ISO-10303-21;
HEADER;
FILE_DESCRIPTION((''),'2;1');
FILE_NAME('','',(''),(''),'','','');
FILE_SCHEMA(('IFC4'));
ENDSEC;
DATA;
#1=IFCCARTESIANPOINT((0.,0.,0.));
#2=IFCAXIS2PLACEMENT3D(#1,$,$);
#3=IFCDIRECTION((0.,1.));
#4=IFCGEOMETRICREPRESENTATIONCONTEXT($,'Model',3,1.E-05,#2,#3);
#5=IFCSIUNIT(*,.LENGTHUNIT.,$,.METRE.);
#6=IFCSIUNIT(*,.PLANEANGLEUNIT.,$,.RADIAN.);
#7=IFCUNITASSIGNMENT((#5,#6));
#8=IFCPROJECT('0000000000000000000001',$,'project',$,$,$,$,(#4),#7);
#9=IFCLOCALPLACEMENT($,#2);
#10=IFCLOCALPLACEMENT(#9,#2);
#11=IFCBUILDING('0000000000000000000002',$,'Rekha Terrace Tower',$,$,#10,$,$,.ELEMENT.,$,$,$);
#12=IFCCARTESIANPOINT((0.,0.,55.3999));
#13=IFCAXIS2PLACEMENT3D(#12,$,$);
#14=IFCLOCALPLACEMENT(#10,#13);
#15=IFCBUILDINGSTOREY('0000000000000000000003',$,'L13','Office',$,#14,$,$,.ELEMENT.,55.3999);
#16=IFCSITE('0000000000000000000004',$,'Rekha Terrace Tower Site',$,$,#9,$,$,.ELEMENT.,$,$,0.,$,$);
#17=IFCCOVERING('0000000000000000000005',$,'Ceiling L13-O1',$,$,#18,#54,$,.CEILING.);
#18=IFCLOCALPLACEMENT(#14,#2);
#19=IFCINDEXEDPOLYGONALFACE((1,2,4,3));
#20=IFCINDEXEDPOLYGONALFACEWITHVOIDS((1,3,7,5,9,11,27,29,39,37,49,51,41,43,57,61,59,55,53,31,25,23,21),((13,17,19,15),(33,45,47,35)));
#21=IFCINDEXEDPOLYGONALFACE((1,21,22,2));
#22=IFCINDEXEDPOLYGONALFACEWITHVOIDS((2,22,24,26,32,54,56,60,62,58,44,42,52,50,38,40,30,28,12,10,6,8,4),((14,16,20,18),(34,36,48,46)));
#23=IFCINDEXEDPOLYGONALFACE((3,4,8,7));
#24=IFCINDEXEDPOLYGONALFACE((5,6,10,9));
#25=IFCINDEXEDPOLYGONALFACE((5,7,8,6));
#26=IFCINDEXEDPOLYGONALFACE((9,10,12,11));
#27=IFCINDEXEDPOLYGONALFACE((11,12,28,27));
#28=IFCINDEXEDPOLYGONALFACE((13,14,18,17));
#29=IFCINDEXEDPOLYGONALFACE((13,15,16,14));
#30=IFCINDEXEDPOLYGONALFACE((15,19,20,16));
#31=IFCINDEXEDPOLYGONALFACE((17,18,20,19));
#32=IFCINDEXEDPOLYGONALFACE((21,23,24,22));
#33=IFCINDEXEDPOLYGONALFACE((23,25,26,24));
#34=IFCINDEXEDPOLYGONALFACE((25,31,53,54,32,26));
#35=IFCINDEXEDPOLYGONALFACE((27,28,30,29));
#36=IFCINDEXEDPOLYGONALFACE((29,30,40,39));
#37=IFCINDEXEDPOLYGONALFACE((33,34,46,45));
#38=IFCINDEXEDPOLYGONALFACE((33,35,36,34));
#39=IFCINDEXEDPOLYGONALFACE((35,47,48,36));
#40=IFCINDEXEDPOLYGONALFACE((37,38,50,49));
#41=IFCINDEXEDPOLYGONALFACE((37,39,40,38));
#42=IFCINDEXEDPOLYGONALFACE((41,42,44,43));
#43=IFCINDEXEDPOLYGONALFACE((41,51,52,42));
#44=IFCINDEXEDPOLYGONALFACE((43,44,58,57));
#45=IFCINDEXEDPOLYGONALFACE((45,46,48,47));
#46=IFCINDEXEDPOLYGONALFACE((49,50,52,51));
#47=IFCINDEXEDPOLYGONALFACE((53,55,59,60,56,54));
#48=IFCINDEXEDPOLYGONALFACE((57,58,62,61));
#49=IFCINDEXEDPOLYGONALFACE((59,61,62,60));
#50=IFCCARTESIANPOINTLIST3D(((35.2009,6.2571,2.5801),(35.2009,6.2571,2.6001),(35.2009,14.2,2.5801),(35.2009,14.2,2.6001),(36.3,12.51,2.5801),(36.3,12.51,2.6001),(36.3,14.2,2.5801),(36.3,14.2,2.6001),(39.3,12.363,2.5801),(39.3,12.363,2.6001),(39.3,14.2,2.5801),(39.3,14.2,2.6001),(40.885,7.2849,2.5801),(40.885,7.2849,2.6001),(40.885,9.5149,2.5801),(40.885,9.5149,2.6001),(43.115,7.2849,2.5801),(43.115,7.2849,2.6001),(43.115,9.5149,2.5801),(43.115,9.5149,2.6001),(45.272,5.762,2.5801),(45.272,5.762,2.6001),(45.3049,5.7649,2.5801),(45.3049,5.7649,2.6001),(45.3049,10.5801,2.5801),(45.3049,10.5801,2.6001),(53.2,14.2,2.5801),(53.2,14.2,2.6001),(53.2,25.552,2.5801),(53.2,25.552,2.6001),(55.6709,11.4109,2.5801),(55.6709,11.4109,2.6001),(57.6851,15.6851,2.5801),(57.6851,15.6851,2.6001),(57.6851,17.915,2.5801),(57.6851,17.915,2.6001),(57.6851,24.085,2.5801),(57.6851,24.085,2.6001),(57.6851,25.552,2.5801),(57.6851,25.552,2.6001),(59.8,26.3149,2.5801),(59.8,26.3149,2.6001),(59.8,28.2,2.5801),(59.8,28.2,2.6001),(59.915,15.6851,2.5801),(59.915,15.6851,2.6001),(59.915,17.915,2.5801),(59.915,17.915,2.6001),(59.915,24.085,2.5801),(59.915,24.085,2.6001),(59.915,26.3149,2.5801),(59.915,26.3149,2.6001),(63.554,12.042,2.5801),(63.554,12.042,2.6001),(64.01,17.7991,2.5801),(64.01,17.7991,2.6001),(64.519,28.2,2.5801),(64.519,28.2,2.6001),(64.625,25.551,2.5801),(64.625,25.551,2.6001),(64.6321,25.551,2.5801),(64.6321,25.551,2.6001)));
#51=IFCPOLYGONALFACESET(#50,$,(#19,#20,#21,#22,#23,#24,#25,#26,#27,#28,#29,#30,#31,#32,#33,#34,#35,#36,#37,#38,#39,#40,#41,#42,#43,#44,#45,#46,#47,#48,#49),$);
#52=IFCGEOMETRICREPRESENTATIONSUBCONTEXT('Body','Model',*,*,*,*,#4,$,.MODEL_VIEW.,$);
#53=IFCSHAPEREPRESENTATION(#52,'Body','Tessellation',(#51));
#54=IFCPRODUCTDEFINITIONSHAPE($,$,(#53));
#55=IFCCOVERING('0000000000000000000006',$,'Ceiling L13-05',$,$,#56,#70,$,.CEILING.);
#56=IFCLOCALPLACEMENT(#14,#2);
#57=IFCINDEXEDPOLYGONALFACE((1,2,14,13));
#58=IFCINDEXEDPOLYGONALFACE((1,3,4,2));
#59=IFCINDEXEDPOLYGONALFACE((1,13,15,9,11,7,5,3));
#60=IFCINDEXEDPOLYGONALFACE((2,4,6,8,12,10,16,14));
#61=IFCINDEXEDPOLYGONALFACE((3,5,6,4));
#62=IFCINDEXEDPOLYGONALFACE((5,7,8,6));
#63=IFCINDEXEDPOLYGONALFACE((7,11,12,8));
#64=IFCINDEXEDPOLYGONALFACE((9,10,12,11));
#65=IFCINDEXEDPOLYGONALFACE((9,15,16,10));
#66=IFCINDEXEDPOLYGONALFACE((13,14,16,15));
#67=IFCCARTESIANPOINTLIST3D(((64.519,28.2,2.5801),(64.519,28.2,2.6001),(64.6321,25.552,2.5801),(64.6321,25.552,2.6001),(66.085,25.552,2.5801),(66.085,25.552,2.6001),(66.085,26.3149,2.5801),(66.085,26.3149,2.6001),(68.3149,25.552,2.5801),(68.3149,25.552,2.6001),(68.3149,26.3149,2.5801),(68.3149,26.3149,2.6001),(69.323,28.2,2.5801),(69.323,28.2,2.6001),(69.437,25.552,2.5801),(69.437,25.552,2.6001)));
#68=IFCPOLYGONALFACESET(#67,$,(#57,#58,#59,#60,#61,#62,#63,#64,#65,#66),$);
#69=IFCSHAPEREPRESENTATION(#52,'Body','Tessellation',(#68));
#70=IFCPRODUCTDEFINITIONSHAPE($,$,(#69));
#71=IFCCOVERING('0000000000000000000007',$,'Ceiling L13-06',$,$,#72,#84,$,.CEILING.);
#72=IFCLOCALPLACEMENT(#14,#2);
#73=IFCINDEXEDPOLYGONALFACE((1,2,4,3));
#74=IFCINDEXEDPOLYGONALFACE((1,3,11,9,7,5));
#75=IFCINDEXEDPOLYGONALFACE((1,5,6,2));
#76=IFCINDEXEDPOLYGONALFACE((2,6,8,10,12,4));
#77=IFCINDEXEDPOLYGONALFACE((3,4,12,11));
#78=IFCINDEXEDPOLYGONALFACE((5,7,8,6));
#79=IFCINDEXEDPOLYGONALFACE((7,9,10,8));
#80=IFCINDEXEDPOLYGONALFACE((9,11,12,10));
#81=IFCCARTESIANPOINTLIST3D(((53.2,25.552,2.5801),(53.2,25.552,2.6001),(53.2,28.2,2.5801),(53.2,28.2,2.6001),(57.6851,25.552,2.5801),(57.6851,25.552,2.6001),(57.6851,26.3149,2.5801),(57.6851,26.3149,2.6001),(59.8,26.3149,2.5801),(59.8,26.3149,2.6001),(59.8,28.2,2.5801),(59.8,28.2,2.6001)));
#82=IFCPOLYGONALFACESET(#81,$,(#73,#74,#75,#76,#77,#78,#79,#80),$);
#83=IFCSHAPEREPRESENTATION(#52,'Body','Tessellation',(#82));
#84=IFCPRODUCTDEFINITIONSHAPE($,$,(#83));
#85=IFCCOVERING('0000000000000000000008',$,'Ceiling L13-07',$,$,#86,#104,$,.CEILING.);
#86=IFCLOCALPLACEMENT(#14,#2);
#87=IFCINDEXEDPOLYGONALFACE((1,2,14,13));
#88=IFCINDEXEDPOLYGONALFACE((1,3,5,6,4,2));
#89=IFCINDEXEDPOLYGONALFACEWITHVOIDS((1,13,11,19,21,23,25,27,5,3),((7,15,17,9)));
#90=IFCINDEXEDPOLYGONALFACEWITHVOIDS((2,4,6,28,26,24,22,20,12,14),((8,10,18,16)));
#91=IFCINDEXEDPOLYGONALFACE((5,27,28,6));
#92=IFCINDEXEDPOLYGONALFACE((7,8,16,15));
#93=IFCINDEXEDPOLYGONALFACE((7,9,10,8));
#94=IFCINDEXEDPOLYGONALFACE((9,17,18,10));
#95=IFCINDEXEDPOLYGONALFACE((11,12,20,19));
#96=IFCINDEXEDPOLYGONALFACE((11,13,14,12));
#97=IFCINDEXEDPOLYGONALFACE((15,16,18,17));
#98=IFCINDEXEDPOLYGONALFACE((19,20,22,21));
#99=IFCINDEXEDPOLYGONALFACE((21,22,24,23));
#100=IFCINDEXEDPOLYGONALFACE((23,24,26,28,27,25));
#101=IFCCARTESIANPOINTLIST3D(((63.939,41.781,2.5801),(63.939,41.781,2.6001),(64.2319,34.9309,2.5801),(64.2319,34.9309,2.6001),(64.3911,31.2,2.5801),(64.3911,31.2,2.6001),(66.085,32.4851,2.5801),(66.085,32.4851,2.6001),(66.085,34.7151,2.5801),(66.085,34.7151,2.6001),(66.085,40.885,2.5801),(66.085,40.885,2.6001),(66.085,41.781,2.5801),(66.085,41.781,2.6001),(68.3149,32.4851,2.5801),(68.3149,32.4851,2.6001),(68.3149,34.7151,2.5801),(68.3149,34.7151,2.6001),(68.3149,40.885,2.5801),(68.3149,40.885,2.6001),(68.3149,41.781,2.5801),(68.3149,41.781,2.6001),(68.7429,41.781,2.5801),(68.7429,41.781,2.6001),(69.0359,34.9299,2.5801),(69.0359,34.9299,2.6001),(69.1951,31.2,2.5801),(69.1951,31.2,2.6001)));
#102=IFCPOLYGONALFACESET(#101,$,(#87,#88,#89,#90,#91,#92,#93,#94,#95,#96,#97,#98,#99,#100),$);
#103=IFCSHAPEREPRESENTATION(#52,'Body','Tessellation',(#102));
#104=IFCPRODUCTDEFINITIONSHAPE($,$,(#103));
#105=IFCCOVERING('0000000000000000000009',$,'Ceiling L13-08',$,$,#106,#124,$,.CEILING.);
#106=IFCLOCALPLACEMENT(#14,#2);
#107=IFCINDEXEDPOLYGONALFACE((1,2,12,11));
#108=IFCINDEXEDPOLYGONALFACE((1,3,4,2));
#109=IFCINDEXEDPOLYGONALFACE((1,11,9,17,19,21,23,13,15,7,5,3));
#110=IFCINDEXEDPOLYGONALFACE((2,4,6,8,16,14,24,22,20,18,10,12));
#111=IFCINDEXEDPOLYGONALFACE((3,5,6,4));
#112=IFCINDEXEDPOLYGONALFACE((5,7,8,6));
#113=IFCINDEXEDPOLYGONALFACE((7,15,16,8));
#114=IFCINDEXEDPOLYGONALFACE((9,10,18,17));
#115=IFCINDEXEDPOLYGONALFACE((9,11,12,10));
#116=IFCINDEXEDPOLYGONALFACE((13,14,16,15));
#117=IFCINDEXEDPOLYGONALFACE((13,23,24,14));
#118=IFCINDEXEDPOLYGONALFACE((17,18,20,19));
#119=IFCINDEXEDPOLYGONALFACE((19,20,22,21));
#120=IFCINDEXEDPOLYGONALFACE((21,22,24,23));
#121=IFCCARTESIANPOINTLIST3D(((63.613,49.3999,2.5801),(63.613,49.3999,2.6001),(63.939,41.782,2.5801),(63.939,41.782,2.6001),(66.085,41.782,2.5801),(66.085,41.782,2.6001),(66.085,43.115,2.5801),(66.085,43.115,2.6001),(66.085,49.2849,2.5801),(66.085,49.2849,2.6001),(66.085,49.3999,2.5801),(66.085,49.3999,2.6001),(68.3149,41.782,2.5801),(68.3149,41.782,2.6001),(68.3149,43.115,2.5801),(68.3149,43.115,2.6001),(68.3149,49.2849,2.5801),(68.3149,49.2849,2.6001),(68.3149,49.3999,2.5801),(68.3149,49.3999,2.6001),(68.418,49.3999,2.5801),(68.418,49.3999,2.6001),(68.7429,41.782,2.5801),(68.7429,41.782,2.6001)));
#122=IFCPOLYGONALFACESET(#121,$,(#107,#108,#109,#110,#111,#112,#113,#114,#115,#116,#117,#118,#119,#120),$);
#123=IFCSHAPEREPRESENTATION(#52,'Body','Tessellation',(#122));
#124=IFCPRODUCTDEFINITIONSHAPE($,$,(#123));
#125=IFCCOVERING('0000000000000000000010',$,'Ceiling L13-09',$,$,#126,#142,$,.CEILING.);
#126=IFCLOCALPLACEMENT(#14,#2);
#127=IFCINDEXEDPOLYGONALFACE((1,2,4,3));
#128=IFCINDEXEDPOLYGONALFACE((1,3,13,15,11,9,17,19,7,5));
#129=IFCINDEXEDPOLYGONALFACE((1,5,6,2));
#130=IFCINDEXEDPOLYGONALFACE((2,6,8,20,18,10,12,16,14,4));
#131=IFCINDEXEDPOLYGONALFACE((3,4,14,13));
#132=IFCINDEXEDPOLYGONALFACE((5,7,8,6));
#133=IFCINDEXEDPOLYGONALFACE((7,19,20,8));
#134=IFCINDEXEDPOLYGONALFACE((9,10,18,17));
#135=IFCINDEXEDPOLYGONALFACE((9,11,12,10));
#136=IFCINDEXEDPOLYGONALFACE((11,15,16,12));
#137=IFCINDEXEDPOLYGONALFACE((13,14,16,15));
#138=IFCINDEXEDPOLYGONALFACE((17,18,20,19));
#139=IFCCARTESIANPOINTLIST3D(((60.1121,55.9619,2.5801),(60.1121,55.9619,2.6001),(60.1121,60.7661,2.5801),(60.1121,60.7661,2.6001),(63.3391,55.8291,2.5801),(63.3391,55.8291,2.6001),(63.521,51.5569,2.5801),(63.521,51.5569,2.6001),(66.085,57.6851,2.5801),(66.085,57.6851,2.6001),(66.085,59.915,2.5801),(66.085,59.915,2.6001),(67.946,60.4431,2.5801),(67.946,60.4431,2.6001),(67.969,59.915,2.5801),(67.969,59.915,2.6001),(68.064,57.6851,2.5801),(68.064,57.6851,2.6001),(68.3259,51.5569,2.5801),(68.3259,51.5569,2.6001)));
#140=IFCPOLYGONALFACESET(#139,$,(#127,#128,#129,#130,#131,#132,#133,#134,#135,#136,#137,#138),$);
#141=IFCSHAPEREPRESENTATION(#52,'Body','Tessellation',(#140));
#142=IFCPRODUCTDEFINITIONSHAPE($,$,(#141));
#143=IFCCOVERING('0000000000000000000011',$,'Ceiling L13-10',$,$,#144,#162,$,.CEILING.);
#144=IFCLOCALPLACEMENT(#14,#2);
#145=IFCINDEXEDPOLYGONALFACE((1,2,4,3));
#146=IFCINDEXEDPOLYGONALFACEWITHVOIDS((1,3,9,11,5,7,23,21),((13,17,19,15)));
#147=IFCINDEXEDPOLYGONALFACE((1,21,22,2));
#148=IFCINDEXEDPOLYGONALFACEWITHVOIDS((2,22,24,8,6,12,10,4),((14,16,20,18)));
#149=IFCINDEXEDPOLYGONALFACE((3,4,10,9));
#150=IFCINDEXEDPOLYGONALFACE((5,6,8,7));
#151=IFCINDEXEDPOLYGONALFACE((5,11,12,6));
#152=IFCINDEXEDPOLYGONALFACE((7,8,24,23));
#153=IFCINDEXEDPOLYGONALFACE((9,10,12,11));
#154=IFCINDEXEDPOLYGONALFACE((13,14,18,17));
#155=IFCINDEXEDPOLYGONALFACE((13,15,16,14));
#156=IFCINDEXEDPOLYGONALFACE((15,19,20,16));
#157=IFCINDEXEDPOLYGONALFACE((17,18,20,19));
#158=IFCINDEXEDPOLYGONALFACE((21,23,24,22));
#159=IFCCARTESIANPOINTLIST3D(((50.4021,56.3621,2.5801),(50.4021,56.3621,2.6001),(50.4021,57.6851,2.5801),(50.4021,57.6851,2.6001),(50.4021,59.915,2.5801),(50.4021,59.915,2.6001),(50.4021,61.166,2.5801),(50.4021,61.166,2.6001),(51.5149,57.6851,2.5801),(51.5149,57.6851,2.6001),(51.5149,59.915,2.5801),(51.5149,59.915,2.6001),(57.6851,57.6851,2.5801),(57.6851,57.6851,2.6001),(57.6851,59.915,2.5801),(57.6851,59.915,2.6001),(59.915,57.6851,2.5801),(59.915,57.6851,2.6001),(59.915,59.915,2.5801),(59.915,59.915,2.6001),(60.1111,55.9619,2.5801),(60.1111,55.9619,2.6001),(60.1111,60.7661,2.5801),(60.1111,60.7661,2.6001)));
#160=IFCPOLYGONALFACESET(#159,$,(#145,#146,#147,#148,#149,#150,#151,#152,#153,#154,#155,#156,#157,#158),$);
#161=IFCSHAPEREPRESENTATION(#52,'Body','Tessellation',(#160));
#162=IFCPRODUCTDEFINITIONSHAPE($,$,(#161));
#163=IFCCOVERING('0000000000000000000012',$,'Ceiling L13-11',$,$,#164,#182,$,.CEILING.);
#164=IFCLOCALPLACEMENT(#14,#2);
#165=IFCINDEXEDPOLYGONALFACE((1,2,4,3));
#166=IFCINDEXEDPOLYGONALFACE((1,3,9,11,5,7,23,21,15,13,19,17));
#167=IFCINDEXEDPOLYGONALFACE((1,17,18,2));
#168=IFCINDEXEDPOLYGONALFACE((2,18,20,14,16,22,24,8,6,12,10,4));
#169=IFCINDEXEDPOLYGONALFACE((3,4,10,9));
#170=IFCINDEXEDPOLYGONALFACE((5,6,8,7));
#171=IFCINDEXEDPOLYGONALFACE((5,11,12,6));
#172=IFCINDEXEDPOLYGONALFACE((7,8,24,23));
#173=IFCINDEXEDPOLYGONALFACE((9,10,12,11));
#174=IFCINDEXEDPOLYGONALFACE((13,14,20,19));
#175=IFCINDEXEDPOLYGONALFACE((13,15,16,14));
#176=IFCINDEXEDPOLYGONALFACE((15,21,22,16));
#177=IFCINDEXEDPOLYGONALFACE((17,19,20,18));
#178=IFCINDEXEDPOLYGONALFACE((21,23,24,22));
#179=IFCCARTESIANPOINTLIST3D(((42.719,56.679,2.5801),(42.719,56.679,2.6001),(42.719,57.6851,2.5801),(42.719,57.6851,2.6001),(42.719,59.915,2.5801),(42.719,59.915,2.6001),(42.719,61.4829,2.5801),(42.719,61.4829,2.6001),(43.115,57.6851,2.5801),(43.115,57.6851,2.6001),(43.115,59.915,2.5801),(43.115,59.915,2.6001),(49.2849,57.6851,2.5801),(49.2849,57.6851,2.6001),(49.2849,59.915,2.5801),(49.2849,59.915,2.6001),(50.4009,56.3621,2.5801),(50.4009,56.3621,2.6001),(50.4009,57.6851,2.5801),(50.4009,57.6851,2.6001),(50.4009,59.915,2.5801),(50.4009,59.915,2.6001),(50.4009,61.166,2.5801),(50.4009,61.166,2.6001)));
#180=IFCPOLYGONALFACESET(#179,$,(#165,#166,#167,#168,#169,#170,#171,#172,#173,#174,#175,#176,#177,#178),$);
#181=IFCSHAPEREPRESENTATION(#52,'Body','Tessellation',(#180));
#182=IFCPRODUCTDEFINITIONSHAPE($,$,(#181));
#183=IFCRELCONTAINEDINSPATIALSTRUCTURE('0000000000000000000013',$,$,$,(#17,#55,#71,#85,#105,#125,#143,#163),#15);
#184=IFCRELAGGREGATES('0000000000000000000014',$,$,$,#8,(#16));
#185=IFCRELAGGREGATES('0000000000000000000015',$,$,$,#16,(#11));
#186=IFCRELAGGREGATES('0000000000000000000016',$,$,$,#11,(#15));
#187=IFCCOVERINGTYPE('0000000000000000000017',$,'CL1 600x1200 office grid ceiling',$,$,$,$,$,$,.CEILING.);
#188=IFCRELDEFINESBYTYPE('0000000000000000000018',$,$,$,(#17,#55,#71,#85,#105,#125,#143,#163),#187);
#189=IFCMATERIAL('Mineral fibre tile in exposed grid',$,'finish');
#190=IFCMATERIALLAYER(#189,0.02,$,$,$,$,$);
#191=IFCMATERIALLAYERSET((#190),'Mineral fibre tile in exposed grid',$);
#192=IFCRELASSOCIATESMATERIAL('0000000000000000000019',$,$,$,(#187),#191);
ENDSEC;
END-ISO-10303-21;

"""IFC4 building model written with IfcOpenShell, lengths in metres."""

from ifc_helpers import new_model, si_unit, direction, frame, origin, place, context, subcontext, project, spatial, polyline, outline, extrude, material, layer, layer_set, type_object, element, save


model = new_model("IFC4")

# Units and contexts
model_context = context("Model", 3, precision=1e-05, world=origin(), true_north=direction((0.0, 1.0)))
body_context = subcontext(model_context, "Body", "Model", "MODEL_VIEW")
ifc_project = project(units=[si_unit("LENGTHUNIT", "METRE"), si_unit("PLANEANGLEUNIT", "RADIAN")], contexts=[model_context])

# Site, building, storey
site_placement = place(None, origin())
site = spatial("IfcSite", under=ifc_project, at=site_placement, Name="Rekha Terrace Tower Site", CompositionType="ELEMENT", RefElevation=0.0)
building_placement = place(site_placement, origin())
building = spatial("IfcBuilding", under=site, at=building_placement, Name="Rekha Terrace Tower", CompositionType="ELEMENT")
storey_placement = place(building_placement, frame((0.0, 0.0, 55.3999)))
storey = spatial("IfcBuildingStorey", under=building, at=storey_placement, Name="L13", Description="Office", CompositionType="ELEMENT", Elevation=55.3999)

# Coverings
ifc_material_1 = material(Name="Mineral fibre tile in exposed grid", Category="finish")
ifc_layer_1 = layer(ifc_material_1, 0.02)
ifc_layer_set_1 = layer_set([ifc_layer_1], Name="Mineral fibre tile in exposed grid")
covering_type_1 = type_object("IfcCoveringType", Name="CL1 600x1200 office grid ceiling", PredefinedType="CEILING", material=ifc_layer_set_1)
covering_1_placement = place(storey_placement, frame((0.0, 0.0, 2.5801)))
element("IfcCovering", 1, at=covering_1_placement, inside=storey, type_object=covering_type_1, Name="Ceiling L13-O1", PredefinedType="CEILING", context=body_context, shape_type="SweptSolid", body=[
    extrude(outline(polyline([(45.3049, 10.5801), (55.6709, 11.4109), (63.554, 12.042), (64.01, 17.7991), (64.625, 25.551), (64.6321, 25.551), (64.519, 28.2), (59.8, 28.2), (59.8, 26.3149), (59.915, 26.3149), (59.915, 24.085), (57.6851, 24.085), (57.6851, 25.552), (53.2, 25.552), (53.2, 14.2), (39.3, 14.2), (39.3, 12.363), (36.3, 12.51), (36.3, 14.2), (35.2009, 14.2), (35.2009, 6.2571), (45.272, 5.762), (45.3049, 5.7649), (45.3049, 10.5801)]), holes=[polyline([(59.915, 17.915), (59.915, 15.6851), (57.6851, 15.6851), (57.6851, 17.915), (59.915, 17.915)]), polyline([(43.115, 7.2849), (40.885, 7.2849), (40.885, 9.5149), (43.115, 9.5149), (43.115, 7.2849)])]), origin(), (0.0, 0.0, 1.0), 0.02),
])
covering_2_placement = place(storey_placement, frame((0.0, 0.0, 2.5801)))
element("IfcCovering", 2, at=covering_2_placement, inside=storey, type_object=covering_type_1, Name="Ceiling L13-05", PredefinedType="CEILING", context=body_context, shape_type="SweptSolid", body=[
    extrude(outline(polyline([(69.437, 25.552), (69.323, 28.2), (64.519, 28.2), (64.6321, 25.552), (66.085, 25.552), (66.085, 26.3149), (68.3149, 26.3149), (68.3149, 25.552), (69.437, 25.552)])), origin(), (0.0, 0.0, 1.0), 0.02),
])
covering_3_placement = place(storey_placement, frame((0.0, 0.0, 2.5801)))
element("IfcCovering", 3, at=covering_3_placement, inside=storey, type_object=covering_type_1, Name="Ceiling L13-06", PredefinedType="CEILING", context=body_context, shape_type="SweptSolid", body=[
    extrude(outline(polyline([(59.8, 26.3149), (59.8, 28.2), (53.2, 28.2), (53.2, 25.552), (57.6851, 25.552), (57.6851, 26.3149), (59.8, 26.3149)])), origin(), (0.0, 0.0, 1.0), 0.02),
])
covering_4_placement = place(storey_placement, frame((0.0, 0.0, 2.5801)))
element("IfcCovering", 4, at=covering_4_placement, inside=storey, type_object=covering_type_1, Name="Ceiling L13-07", PredefinedType="CEILING", context=body_context, shape_type="SweptSolid", body=[
    extrude(outline(polyline([(69.1951, 31.2), (69.0359, 34.9299), (68.7429, 41.781), (68.3149, 41.781), (68.3149, 40.885), (66.085, 40.885), (66.085, 41.781), (63.939, 41.781), (64.2319, 34.9309), (64.3911, 31.2), (69.1951, 31.2)]), holes=[polyline([(68.3149, 32.4851), (66.085, 32.4851), (66.085, 34.7151), (68.3149, 34.7151), (68.3149, 32.4851)])]), origin(), (0.0, 0.0, 1.0), 0.02),
])
covering_5_placement = place(storey_placement, frame((0.0, 0.0, 2.5801)))
element("IfcCovering", 5, at=covering_5_placement, inside=storey, type_object=covering_type_1, Name="Ceiling L13-08", PredefinedType="CEILING", context=body_context, shape_type="SweptSolid", body=[
    extrude(outline(polyline([(68.3149, 41.782), (68.7429, 41.782), (68.418, 49.3999), (68.3149, 49.3999), (68.3149, 49.2849), (66.085, 49.2849), (66.085, 49.3999), (63.613, 49.3999), (63.939, 41.782), (66.085, 41.782), (66.085, 43.115), (68.3149, 43.115), (68.3149, 41.782)])), origin(), (0.0, 0.0, 1.0), 0.02),
])
covering_6_placement = place(storey_placement, frame((0.0, 0.0, 2.5801)))
element("IfcCovering", 6, at=covering_6_placement, inside=storey, type_object=covering_type_1, Name="Ceiling L13-09", PredefinedType="CEILING", context=body_context, shape_type="SweptSolid", body=[
    extrude(outline(polyline([(67.946, 60.4431), (60.1121, 60.7661), (60.1121, 55.9619), (63.3391, 55.8291), (63.521, 51.5569), (68.3259, 51.5569), (68.064, 57.6851), (66.085, 57.6851), (66.085, 59.915), (67.969, 59.915), (67.946, 60.4431)])), origin(), (0.0, 0.0, 1.0), 0.02),
])
covering_7_placement = place(storey_placement, frame((0.0, 0.0, 2.5801)))
element("IfcCovering", 7, at=covering_7_placement, inside=storey, type_object=covering_type_1, Name="Ceiling L13-10", PredefinedType="CEILING", context=body_context, shape_type="SweptSolid", body=[
    extrude(outline(polyline([(60.1111, 55.9619), (60.1111, 60.7661), (50.4021, 61.166), (50.4021, 59.915), (51.5149, 59.915), (51.5149, 57.6851), (50.4021, 57.6851), (50.4021, 56.3621), (60.1111, 55.9619)]), holes=[polyline([(59.915, 57.6851), (57.6851, 57.6851), (57.6851, 59.915), (59.915, 59.915), (59.915, 57.6851)])]), origin(), (0.0, 0.0, 1.0), 0.02),
])
covering_8_placement = place(storey_placement, frame((0.0, 0.0, 2.5801)))
element("IfcCovering", 8, at=covering_8_placement, inside=storey, type_object=covering_type_1, Name="Ceiling L13-11", PredefinedType="CEILING", context=body_context, shape_type="SweptSolid", body=[
    extrude(outline(polyline([(50.4009, 59.915), (50.4009, 61.166), (42.719, 61.4829), (42.719, 59.915), (43.115, 59.915), (43.115, 57.6851), (42.719, 57.6851), (42.719, 56.679), (50.4009, 56.3621), (50.4009, 57.6851), (49.2849, 57.6851), (49.2849, 59.915), (50.4009, 59.915)])), origin(), (0.0, 0.0, 1.0), 0.02),
])

save(model, "model.ifc")
